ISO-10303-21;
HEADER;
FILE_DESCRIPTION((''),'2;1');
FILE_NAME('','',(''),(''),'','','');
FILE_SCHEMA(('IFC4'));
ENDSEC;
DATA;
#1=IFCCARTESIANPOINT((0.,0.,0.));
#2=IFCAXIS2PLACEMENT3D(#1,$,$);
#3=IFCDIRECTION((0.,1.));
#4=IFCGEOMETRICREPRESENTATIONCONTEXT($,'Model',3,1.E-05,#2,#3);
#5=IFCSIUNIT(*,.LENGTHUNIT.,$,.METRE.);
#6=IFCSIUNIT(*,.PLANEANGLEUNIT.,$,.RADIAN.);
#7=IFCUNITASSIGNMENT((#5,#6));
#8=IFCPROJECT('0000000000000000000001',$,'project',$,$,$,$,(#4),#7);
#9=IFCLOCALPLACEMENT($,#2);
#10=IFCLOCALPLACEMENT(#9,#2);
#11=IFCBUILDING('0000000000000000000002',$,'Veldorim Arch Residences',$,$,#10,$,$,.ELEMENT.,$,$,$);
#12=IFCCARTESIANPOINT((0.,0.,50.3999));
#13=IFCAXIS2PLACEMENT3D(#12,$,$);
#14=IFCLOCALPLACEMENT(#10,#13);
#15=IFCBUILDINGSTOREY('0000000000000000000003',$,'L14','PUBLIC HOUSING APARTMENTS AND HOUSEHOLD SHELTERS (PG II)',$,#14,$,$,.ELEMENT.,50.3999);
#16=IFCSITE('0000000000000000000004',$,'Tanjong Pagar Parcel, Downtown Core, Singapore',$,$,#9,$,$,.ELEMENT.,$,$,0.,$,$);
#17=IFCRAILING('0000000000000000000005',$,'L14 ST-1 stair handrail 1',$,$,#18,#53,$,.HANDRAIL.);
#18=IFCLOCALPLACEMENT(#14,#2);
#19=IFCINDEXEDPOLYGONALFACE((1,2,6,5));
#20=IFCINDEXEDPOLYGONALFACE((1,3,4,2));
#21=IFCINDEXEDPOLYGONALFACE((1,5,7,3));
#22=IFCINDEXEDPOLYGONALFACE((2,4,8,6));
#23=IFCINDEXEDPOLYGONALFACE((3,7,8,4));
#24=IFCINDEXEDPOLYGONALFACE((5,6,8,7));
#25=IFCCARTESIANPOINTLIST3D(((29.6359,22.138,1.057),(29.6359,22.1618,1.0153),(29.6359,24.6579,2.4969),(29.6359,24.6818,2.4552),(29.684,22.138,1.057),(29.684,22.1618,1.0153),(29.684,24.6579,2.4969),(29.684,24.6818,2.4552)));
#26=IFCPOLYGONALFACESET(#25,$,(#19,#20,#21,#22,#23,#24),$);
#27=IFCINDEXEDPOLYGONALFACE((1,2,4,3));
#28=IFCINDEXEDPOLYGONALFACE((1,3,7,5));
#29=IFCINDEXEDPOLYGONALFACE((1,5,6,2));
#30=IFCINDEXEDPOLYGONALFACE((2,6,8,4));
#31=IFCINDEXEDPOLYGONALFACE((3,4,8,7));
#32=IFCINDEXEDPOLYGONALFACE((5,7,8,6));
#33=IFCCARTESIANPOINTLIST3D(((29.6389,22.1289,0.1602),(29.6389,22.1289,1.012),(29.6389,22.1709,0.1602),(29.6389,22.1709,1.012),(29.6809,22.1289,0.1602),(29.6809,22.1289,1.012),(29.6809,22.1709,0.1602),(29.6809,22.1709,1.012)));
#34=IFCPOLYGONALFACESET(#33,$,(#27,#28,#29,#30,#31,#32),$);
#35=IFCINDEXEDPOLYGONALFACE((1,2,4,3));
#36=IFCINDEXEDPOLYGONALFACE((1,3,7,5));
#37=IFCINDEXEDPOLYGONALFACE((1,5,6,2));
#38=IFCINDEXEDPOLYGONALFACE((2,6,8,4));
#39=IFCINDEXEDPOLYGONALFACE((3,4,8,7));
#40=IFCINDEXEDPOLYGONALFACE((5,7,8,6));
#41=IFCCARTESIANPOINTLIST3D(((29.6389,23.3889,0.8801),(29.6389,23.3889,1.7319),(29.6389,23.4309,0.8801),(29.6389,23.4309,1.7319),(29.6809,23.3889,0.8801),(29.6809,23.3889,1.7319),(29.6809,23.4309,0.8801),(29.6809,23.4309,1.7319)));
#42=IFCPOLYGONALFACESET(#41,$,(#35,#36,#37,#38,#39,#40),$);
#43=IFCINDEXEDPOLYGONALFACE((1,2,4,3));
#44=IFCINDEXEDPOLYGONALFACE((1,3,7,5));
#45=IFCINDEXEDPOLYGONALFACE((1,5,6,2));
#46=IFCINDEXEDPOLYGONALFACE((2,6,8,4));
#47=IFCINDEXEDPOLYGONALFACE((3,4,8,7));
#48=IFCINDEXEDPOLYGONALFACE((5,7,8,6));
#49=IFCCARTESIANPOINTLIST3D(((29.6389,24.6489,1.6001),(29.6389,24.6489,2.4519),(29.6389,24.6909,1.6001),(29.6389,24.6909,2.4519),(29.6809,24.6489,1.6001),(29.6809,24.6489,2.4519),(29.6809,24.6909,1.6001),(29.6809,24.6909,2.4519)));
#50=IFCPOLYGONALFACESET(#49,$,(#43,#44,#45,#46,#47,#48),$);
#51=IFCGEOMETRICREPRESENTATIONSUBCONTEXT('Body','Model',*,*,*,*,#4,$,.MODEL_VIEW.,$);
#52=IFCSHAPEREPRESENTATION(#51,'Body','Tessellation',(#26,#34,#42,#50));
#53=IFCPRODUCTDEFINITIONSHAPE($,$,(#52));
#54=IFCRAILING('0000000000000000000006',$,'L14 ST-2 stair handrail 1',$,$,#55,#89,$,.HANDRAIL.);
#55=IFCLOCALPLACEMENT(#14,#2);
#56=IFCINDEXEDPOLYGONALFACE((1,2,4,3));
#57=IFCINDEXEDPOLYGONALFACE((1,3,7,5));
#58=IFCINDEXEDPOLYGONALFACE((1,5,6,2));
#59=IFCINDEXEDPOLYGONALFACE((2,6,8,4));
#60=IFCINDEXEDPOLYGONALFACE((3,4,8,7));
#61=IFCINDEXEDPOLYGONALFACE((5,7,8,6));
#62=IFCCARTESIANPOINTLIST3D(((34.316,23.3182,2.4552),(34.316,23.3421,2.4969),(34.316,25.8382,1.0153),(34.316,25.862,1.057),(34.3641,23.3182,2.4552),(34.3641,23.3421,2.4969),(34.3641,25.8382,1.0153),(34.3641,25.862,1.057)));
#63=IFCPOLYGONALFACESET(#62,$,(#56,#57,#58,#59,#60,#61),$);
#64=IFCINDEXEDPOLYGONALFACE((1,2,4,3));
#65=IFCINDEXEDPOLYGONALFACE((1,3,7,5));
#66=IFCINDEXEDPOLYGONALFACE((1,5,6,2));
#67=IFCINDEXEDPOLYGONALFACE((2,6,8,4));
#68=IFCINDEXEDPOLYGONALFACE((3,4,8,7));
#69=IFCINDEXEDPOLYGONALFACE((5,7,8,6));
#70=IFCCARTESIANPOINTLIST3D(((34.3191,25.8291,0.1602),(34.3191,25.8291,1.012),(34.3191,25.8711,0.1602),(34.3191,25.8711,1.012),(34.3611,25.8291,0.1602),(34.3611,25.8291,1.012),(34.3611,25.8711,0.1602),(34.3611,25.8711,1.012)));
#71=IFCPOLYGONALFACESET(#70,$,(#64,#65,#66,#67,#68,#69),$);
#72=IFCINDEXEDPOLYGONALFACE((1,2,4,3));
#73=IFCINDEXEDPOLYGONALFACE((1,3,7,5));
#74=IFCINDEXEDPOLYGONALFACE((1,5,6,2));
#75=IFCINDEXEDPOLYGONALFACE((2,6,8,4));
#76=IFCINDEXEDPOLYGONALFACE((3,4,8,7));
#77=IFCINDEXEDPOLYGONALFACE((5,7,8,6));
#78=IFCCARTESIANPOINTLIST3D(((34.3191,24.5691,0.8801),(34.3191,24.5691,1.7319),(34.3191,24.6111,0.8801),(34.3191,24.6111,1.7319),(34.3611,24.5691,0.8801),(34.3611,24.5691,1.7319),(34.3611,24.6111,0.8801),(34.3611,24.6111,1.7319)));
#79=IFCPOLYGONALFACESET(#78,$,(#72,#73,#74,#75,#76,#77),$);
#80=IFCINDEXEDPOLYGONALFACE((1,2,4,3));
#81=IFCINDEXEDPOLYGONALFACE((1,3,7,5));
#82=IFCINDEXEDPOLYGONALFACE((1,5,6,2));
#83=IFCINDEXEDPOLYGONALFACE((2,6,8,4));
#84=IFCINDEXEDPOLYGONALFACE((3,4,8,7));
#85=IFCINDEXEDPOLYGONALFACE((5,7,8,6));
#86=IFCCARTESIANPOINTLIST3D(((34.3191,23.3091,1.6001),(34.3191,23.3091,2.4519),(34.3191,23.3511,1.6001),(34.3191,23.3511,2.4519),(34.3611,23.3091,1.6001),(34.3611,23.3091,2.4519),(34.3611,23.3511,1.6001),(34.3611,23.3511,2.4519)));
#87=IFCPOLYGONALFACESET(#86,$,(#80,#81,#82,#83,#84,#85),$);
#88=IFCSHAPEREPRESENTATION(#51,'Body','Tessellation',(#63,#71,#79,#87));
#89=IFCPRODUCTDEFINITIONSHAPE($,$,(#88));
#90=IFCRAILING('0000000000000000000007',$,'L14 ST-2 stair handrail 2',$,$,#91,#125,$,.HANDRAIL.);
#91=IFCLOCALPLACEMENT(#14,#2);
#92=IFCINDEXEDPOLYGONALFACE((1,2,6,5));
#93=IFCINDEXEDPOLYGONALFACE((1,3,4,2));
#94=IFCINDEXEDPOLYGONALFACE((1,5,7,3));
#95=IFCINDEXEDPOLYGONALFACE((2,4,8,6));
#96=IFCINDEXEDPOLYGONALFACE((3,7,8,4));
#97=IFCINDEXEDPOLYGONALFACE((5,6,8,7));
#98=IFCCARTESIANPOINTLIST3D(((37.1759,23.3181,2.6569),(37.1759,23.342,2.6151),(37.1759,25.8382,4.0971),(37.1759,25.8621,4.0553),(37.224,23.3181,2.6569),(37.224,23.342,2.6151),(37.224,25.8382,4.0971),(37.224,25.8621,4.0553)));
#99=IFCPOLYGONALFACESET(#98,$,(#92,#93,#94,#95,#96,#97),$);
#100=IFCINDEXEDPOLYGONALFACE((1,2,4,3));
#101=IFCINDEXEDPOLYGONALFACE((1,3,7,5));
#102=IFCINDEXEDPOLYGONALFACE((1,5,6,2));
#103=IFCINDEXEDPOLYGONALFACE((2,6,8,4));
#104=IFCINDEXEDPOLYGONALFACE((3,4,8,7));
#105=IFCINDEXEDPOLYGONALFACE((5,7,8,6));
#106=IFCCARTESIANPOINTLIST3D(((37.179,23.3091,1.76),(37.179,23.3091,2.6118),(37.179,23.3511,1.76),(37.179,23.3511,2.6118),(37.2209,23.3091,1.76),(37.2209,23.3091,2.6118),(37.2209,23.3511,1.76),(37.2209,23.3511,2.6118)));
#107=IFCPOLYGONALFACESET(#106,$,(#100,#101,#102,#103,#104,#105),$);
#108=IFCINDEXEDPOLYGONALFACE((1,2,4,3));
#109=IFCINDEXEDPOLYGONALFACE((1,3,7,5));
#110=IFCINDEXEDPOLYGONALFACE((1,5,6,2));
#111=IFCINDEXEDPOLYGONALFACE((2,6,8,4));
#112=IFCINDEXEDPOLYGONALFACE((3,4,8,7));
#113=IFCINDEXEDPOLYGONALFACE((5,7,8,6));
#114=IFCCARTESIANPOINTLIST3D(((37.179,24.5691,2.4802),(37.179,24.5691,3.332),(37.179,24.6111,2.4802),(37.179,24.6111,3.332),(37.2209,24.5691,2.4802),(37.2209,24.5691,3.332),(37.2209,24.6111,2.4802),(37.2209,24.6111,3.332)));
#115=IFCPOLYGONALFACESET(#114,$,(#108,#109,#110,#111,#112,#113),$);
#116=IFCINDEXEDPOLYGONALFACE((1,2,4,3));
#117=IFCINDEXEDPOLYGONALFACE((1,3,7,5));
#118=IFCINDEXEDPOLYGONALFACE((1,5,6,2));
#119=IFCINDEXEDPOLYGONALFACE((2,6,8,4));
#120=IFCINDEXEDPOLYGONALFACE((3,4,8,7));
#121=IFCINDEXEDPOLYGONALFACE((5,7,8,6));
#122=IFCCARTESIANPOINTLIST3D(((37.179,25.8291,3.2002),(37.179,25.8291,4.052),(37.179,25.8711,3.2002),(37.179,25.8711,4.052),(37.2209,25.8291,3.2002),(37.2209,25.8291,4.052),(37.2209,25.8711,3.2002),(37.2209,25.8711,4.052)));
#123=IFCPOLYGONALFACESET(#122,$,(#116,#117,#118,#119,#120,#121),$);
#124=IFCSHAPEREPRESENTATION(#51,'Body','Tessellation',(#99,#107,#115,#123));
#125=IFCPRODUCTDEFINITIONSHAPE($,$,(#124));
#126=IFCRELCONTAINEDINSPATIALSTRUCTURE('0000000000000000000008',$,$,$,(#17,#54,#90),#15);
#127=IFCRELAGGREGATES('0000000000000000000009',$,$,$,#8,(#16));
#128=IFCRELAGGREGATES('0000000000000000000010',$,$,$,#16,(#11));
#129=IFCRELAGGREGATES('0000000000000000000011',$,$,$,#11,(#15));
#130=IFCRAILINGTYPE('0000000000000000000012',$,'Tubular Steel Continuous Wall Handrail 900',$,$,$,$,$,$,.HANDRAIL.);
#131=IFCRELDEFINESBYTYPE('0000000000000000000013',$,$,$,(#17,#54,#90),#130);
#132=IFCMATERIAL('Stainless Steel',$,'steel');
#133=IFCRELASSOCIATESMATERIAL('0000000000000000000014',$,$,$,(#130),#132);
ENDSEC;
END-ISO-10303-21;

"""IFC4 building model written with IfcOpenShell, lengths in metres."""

from ifc_helpers import new_model, si_unit, direction, frame, origin, origin_2d, place, context, subcontext, project, spatial, rectangle, extrude, material, type_object, element, save


model = new_model("IFC4")

# Units and contexts
model_context = context("Model", 3, precision=1e-05, world=origin(), true_north=direction((0.0, 1.0)))
body_context = subcontext(model_context, "Body", "Model", "MODEL_VIEW")
ifc_project = project(units=[si_unit("LENGTHUNIT", "METRE"), si_unit("PLANEANGLEUNIT", "RADIAN")], contexts=[model_context])

# Site, building, storey
site_placement = place(None, origin())
site = spatial("IfcSite", under=ifc_project, at=site_placement, Name="Tanjong Pagar Parcel, Downtown Core, Singapore", CompositionType="ELEMENT", RefElevation=0.0)
building_placement = place(site_placement, origin())
building = spatial("IfcBuilding", under=site, at=building_placement, Name="Veldorim Arch Residences", CompositionType="ELEMENT")
storey_placement = place(building_placement, frame((0.0, 0.0, 50.3999)))
storey = spatial("IfcBuildingStorey", under=building, at=storey_placement, Name="L14", Description="PUBLIC HOUSING APARTMENTS AND HOUSEHOLD SHELTERS (PG II)", CompositionType="ELEMENT", Elevation=50.3999)

# Railings
ifc_material_1 = material(Name="Stainless Steel", Category="steel")
railing_type_1 = type_object("IfcRailingType", Name="Tubular Steel Continuous Wall Handrail 900", PredefinedType="HANDRAIL", material=ifc_material_1)
railing_1_placement = place(storey_placement, frame((29.6599, 22.1499, 0.1602)))
element("IfcRailing", 1, at=railing_1_placement, inside=storey, type_object=railing_type_1, Name="L14 ST-1 stair handrail 1", PredefinedType="HANDRAIL", context=body_context, shape_type="SweptSolid", body=[
    extrude(rectangle(XDim=0.0481, YDim=0.0481, at=origin_2d()), frame((0.0, 0.0, 0.876), z_axis=(0.0, 0.868253, 0.496121), x_axis=(-1.0, 0.0, 0.0)), (0.0, 0.0, 1.0), 2.9023),
    extrude(rectangle(XDim=0.042, YDim=0.042, at=origin_2d()), origin(), (0.0, 0.0, 1.0), 0.8518),
    extrude(rectangle(XDim=0.042, YDim=0.042, at=origin_2d()), frame((0.0, 1.26, 0.72)), (0.0, 0.0, 1.0), 0.8518),
    extrude(rectangle(XDim=0.042, YDim=0.042, at=origin_2d()), frame((0.0, 2.52, 1.4399)), (0.0, 0.0, 1.0), 0.8518),
])
railing_2_placement = place(storey_placement, frame((34.3401, 25.8501, 0.1602)))
element("IfcRailing", 2, at=railing_2_placement, inside=storey, type_object=railing_type_1, Name="L14 ST-2 stair handrail 1", PredefinedType="HANDRAIL", context=body_context, shape_type="SweptSolid", body=[
    extrude(rectangle(XDim=0.0481, YDim=0.0481, at=origin_2d()), frame((0.0, 0.0, 0.876), z_axis=(0.0, -0.868253, 0.496121), x_axis=(1.0, 0.0, 0.0)), (0.0, 0.0, 1.0), 2.9023),
    extrude(rectangle(XDim=0.042, YDim=0.042, at=origin_2d()), origin(), (0.0, 0.0, 1.0), 0.8518),
    extrude(rectangle(XDim=0.042, YDim=0.042, at=origin_2d()), frame((0.0, -1.26, 0.72)), (0.0, 0.0, 1.0), 0.8518),
    extrude(rectangle(XDim=0.042, YDim=0.042, at=origin_2d()), frame((0.0, -2.52, 1.4399)), (0.0, 0.0, 1.0), 0.8518),
])
railing_3_placement = place(storey_placement, frame((37.2, 23.3301, 1.76)))
element("IfcRailing", 3, at=railing_3_placement, inside=storey, type_object=railing_type_1, Name="L14 ST-2 stair handrail 2", PredefinedType="HANDRAIL", context=body_context, shape_type="SweptSolid", body=[
    extrude(rectangle(XDim=0.0481, YDim=0.0481, at=origin_2d()), frame((0.0, 0.0, 0.876), z_axis=(0.0, 0.868217, 0.496184), x_axis=(-1.0, 0.0, 0.0)), (0.0, 0.0, 1.0), 2.9026),
    extrude(rectangle(XDim=0.042, YDim=0.042, at=origin_2d()), origin(), (0.0, 0.0, 1.0), 0.8518),
    extrude(rectangle(XDim=0.042, YDim=0.042, at=origin_2d()), frame((0.0, 1.26, 0.7202)), (0.0, 0.0, 1.0), 0.8518),
    extrude(rectangle(XDim=0.042, YDim=0.042, at=origin_2d()), frame((0.0, 2.52, 1.4402)), (0.0, 0.0, 1.0), 0.8518),
])

save(model, "model.ifc")
